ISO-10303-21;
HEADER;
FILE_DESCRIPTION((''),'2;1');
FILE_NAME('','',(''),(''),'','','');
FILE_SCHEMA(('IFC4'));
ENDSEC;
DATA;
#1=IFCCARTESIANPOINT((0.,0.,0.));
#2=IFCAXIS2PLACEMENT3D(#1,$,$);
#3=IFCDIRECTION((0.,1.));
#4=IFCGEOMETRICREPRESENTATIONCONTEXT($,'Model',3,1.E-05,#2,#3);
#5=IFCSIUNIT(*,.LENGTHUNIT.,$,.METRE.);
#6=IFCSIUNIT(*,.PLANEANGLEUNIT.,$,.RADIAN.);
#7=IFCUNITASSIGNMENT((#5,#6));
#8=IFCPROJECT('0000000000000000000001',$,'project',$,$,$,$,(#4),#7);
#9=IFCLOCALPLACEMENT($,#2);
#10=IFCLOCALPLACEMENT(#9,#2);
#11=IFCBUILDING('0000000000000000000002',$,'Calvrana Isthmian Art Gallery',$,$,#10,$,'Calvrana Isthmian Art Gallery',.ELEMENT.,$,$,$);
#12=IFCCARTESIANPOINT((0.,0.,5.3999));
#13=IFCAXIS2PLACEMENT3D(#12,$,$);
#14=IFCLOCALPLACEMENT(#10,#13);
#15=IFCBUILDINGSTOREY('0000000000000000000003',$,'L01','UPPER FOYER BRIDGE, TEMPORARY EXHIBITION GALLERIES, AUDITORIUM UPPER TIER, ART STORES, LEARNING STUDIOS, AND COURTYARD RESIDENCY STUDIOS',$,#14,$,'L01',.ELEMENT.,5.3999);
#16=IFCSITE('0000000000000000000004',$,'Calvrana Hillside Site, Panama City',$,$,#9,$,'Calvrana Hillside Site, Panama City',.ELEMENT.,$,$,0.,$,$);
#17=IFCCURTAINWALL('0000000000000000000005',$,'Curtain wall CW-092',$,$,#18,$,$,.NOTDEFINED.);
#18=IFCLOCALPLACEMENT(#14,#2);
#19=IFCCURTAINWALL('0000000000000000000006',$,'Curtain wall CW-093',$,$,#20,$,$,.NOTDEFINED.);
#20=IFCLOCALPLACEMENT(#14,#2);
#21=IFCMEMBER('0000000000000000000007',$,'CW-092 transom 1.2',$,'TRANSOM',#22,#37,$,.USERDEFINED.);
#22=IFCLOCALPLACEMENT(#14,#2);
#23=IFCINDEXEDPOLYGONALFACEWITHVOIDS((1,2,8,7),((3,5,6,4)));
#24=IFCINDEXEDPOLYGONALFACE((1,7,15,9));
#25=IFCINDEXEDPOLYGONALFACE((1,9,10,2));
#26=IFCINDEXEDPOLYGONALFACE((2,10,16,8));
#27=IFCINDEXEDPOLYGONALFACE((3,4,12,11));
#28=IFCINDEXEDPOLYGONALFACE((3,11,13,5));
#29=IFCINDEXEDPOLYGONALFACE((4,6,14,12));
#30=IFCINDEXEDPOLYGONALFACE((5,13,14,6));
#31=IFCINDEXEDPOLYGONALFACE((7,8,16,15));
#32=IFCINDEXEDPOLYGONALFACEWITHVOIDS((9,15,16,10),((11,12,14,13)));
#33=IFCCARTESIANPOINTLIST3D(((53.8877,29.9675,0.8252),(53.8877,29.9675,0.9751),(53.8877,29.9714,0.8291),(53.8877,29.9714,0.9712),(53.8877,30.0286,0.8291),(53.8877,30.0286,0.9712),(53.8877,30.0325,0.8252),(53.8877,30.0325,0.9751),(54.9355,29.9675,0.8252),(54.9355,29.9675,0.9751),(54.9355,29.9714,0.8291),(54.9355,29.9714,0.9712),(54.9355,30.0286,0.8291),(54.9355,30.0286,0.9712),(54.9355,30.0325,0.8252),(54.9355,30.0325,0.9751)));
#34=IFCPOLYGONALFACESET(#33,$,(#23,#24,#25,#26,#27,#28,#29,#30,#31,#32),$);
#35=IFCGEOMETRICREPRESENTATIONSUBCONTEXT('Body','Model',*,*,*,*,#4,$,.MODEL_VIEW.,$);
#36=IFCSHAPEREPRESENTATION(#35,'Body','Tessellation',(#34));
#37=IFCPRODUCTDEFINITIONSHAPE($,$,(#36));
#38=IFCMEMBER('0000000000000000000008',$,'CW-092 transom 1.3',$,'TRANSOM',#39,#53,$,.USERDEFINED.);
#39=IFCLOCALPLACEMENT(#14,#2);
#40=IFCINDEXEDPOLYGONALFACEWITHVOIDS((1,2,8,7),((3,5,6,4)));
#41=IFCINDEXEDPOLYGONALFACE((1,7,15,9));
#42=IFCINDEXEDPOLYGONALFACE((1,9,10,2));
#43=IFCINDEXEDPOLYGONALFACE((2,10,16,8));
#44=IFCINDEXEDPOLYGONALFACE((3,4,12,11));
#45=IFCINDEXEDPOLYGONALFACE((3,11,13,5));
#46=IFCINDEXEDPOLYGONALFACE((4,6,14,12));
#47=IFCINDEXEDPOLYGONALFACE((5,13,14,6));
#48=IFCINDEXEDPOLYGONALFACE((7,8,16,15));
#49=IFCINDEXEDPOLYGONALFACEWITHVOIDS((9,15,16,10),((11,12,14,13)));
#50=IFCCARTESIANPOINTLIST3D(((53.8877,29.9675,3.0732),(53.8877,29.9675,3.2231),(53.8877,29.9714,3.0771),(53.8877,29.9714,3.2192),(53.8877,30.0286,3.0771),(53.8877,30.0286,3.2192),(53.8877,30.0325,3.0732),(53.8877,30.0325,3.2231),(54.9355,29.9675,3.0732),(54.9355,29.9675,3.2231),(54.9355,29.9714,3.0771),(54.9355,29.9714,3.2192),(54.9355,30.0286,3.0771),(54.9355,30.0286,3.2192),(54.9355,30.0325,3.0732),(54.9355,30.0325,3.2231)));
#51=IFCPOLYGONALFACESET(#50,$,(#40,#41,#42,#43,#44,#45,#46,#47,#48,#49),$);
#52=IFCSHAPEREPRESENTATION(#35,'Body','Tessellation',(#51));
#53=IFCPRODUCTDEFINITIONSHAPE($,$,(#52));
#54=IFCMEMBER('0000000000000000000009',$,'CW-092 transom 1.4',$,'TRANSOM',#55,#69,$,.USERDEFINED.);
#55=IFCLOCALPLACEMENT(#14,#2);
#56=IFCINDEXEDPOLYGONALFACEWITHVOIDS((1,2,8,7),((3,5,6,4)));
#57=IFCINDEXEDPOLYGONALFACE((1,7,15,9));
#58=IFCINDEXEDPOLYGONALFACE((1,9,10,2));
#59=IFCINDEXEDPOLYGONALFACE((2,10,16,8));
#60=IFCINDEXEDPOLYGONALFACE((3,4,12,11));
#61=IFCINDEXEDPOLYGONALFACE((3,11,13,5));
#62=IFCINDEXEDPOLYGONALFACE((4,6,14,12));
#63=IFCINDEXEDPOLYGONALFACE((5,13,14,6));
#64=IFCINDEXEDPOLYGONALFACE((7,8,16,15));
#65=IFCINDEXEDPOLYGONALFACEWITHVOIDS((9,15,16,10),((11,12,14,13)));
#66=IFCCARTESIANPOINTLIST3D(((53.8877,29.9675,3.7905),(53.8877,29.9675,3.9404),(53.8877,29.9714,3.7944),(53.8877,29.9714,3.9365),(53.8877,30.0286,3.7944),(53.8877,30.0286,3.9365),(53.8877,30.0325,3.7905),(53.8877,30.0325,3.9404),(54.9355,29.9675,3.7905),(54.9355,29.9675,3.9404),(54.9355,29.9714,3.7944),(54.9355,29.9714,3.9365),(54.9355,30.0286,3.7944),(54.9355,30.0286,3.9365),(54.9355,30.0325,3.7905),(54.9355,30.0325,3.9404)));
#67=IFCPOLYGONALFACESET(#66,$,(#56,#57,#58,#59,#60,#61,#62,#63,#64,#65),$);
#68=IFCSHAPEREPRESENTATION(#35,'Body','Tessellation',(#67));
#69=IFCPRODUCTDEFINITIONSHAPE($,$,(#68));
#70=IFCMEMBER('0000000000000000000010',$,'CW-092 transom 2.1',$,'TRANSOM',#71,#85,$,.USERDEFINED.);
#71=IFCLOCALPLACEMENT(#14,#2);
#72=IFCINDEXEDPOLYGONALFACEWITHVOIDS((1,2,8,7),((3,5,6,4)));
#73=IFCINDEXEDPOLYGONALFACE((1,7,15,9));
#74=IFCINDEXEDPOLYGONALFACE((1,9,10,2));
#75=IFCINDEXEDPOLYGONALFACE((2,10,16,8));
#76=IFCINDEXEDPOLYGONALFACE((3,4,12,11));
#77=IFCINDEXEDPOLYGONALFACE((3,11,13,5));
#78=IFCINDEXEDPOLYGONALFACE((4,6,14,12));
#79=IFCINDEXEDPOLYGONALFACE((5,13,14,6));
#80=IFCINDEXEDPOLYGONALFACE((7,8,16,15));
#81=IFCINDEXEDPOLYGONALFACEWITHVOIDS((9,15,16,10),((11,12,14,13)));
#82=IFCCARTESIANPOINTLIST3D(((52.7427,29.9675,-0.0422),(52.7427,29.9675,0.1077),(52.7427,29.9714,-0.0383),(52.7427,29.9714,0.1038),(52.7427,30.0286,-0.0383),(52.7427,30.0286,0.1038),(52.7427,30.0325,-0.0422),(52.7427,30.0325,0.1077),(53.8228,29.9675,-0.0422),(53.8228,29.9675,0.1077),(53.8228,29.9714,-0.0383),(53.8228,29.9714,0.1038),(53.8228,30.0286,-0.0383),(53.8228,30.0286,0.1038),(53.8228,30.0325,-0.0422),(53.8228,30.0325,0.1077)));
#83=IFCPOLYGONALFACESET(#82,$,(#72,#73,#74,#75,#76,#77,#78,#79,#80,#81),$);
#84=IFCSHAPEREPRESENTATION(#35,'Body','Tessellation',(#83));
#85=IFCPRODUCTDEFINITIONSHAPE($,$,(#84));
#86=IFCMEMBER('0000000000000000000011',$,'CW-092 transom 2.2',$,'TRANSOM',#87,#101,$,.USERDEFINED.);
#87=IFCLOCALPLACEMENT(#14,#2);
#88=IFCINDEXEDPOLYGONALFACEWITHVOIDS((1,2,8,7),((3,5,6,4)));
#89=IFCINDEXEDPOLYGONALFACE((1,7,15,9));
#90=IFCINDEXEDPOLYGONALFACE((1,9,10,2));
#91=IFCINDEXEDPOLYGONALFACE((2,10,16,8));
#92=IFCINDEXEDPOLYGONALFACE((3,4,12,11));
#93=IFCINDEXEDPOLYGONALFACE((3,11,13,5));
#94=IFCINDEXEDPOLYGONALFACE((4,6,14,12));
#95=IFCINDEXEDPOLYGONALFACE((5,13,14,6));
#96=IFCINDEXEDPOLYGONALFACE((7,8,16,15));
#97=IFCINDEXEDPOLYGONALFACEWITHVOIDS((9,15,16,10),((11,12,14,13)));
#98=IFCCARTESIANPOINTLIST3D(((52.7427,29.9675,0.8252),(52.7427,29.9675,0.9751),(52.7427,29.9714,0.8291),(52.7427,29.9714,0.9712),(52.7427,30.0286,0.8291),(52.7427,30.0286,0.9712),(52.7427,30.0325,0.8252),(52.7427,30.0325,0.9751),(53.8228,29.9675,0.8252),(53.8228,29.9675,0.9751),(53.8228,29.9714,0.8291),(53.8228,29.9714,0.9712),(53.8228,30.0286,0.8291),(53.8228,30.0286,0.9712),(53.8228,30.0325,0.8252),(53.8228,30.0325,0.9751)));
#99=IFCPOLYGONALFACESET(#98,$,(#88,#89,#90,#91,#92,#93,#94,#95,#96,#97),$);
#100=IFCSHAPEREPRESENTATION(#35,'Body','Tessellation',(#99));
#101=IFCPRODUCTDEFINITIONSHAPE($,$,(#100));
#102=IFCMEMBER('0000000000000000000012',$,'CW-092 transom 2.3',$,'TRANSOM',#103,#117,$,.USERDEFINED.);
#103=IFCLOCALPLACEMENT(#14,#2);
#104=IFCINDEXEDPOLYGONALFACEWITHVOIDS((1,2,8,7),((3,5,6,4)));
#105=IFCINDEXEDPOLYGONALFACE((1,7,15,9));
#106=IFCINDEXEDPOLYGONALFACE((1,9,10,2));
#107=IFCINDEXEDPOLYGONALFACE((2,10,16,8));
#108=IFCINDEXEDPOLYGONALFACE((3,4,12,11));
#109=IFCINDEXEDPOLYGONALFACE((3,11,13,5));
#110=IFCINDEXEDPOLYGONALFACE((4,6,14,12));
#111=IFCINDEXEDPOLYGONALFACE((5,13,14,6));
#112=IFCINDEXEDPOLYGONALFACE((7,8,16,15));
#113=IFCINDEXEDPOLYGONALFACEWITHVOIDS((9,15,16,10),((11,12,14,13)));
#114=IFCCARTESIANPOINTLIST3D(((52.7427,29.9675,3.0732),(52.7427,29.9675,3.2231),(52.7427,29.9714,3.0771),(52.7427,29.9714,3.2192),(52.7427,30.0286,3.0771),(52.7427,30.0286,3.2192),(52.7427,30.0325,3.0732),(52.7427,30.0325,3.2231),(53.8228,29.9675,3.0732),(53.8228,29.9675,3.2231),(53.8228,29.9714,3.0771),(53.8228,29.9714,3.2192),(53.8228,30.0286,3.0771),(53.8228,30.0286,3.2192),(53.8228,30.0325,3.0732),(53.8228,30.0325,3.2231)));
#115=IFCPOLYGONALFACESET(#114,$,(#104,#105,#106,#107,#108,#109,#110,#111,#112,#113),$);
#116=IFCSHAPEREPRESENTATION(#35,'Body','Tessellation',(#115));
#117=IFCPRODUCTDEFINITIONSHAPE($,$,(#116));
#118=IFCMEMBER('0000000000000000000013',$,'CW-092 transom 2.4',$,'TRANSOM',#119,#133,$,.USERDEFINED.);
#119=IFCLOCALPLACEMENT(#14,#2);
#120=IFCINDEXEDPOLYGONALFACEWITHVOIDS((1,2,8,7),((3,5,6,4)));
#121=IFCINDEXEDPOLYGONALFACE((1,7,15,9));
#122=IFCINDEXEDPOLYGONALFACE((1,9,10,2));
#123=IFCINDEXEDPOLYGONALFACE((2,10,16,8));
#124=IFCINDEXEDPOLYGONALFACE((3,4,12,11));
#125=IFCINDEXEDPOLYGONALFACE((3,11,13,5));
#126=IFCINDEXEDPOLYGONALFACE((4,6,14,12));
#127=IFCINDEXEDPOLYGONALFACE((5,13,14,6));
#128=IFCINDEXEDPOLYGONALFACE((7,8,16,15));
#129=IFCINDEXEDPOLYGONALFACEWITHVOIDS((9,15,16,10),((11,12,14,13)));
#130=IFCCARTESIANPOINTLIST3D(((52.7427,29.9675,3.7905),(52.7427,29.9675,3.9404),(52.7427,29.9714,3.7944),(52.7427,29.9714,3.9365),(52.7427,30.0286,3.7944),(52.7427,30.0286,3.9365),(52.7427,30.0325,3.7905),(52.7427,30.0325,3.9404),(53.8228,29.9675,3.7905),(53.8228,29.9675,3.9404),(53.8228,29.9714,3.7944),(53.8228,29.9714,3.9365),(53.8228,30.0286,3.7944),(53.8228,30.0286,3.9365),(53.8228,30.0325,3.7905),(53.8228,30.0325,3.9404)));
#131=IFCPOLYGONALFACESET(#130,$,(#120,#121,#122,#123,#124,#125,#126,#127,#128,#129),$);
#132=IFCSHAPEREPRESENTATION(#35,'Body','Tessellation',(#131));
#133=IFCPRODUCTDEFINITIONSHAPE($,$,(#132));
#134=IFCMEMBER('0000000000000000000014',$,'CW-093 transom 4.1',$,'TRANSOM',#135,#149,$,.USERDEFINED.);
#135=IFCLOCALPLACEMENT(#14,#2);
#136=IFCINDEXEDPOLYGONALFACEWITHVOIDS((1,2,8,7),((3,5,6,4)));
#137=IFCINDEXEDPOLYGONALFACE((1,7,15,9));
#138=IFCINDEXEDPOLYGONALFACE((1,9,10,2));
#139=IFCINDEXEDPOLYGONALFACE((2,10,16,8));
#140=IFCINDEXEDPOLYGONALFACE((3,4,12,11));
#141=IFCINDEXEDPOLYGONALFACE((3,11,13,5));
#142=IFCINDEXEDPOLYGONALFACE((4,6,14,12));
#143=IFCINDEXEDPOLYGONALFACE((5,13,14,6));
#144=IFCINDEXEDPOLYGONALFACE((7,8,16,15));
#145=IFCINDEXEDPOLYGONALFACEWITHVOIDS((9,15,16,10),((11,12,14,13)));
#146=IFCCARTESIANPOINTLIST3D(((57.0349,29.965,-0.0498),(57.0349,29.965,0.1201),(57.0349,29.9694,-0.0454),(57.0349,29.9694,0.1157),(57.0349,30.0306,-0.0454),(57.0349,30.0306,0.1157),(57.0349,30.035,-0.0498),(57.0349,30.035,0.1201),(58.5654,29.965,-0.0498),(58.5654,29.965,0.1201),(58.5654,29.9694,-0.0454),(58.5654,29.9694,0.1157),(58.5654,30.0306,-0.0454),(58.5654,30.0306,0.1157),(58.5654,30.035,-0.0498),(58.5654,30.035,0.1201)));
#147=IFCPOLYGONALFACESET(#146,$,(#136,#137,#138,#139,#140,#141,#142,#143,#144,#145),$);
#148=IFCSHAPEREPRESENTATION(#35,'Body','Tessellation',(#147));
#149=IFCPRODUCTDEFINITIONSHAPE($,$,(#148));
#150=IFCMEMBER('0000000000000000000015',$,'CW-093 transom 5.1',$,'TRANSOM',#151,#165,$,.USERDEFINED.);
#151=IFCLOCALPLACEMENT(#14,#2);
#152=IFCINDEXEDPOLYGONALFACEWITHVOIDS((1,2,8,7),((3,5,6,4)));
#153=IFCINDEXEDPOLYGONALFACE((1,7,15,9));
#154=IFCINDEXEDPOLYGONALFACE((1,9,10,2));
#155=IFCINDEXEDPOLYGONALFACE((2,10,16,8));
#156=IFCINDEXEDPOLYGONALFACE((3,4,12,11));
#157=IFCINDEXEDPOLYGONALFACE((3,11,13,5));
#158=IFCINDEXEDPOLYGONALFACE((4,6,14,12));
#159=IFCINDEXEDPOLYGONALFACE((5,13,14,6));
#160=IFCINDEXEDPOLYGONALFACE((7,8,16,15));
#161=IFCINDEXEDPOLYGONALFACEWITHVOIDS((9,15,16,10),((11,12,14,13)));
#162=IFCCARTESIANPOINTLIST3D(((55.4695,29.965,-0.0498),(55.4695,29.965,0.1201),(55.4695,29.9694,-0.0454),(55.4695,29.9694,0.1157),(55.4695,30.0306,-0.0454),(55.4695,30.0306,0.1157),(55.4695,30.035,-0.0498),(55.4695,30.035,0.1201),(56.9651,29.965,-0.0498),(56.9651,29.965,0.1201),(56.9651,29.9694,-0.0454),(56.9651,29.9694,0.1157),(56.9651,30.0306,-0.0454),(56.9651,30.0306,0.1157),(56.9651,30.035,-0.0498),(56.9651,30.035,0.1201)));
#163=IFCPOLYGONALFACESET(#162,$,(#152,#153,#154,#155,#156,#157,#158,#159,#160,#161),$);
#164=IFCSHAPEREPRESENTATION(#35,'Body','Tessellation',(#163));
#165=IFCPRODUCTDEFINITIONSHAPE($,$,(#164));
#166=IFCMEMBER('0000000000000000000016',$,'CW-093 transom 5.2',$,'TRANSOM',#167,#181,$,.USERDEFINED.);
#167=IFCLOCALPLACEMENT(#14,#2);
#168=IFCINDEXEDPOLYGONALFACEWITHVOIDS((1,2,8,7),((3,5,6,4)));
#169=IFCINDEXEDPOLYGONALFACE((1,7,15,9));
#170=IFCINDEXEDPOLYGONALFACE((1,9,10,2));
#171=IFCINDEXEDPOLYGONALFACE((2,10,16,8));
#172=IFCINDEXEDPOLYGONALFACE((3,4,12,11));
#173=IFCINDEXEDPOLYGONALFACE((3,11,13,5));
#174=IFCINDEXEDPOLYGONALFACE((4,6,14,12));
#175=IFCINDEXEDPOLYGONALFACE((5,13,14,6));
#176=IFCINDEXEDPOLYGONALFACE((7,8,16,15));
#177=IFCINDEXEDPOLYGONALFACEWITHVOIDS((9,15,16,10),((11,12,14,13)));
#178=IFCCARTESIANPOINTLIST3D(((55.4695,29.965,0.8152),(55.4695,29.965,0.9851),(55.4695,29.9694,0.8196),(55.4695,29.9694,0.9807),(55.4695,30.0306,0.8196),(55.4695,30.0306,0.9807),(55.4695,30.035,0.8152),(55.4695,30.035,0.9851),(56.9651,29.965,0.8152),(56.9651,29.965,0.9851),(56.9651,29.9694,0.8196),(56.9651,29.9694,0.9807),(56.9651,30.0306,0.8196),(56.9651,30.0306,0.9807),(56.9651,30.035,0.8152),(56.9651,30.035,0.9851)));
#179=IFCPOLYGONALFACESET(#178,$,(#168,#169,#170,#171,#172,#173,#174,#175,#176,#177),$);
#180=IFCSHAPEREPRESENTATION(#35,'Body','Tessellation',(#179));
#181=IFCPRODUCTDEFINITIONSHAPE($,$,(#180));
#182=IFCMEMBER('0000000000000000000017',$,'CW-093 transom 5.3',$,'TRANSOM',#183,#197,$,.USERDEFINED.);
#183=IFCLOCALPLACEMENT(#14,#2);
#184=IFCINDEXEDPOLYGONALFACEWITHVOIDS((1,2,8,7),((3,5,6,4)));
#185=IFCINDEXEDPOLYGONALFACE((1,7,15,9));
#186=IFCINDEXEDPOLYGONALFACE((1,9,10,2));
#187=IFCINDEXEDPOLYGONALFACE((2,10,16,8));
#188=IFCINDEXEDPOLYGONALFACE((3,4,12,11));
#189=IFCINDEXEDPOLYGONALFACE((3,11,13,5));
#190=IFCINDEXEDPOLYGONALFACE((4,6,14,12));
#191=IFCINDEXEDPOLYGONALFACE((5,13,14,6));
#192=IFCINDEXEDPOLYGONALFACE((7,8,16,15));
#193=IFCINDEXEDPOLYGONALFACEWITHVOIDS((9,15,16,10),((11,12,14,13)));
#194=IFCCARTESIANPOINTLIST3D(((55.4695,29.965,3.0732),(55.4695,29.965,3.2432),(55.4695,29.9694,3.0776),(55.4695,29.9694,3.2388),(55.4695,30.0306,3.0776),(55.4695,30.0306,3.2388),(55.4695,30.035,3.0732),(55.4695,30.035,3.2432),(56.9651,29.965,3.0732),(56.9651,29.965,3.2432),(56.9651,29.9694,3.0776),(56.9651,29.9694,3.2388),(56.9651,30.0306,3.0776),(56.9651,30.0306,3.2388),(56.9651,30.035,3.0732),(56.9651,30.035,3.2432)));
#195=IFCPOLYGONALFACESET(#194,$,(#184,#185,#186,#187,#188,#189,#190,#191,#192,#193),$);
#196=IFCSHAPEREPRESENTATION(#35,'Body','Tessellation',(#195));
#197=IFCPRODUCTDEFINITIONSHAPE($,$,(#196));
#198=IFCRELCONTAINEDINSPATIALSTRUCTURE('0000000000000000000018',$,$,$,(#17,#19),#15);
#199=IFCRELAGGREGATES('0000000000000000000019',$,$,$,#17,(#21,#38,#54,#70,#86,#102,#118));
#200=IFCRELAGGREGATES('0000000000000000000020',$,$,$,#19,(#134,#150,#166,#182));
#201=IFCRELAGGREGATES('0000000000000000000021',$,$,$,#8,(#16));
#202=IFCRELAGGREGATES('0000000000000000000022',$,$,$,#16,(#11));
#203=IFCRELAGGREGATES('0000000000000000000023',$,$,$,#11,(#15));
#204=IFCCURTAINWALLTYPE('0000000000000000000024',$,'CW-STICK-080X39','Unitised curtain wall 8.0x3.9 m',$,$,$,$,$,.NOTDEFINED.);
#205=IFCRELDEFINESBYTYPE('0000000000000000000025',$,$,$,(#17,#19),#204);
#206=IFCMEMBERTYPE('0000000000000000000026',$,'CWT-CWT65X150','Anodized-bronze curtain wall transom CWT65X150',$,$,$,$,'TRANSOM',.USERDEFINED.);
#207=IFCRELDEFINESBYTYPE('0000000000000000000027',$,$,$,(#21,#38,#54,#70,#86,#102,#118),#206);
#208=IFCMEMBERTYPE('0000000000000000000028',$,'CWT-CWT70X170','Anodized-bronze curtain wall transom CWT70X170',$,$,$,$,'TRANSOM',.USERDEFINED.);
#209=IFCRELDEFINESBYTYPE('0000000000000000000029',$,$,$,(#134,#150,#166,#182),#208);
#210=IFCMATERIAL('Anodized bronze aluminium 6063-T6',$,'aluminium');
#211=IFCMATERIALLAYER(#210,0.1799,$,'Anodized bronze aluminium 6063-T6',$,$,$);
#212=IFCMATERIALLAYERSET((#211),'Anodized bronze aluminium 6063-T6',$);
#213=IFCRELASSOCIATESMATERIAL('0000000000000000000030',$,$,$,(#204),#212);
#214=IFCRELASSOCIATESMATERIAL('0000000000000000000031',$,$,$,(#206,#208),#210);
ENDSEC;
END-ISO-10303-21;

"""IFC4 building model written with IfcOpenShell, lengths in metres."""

from ifc_helpers import new_model, si_unit, direction, frame, origin, origin_2d, place, context, subcontext, project, spatial, hollow_rectangle, extrude, material, layer, layer_set, material_profile, profile_set, type_object, element, aggregate, save


model = new_model("IFC4")

# Units and contexts
model_context = context("Model", 3, precision=1e-05, world=origin(), true_north=direction((0.0, 1.0)))
body_context = subcontext(model_context, "Body", "Model", "MODEL_VIEW")
ifc_project = project(units=[si_unit("LENGTHUNIT", "METRE"), si_unit("PLANEANGLEUNIT", "RADIAN")], contexts=[model_context])

# Site, building, storey
site_placement = place(None, origin())
site = spatial("IfcSite", under=ifc_project, at=site_placement, Name="Calvrana Hillside Site, Panama City", LongName="Calvrana Hillside Site, Panama City", CompositionType="ELEMENT", RefElevation=0.0)
building_placement = place(site_placement, origin())
building = spatial("IfcBuilding", under=site, at=building_placement, Name="Calvrana Isthmian Art Gallery", LongName="Calvrana Isthmian Art Gallery", CompositionType="ELEMENT")
storey_placement = place(building_placement, frame((0.0, 0.0, 5.3999)))
storey = spatial("IfcBuildingStorey", under=building, at=storey_placement, Name="L01", Description="UPPER FOYER BRIDGE, TEMPORARY EXHIBITION GALLERIES, AUDITORIUM UPPER TIER, ART STORES, LEARNING STUDIOS, AND COURTYARD RESIDENCY STUDIOS", LongName="L01", CompositionType="ELEMENT", Elevation=5.3999)

# Curtain walls
ifc_material_1 = material(Name="Anodized bronze aluminium 6063-T6", Category="aluminium")
ifc_layer_1 = layer(ifc_material_1, 0.1799, Name="Anodized bronze aluminium 6063-T6")
ifc_layer_set_1 = layer_set([ifc_layer_1], Name="Anodized bronze aluminium 6063-T6")
curtain_wall_type = type_object("IfcCurtainWallType", Name="CW-STICK-080X39", Description="Unitised curtain wall 8.0x3.9 m", PredefinedType="NOTDEFINED", material=ifc_layer_set_1)
curtain_wall_1_placement = place(storey_placement, origin())
curtain_wall_1 = element("IfcCurtainWall", 1, at=curtain_wall_1_placement, inside=storey, type_object=curtain_wall_type, Name="Curtain wall CW-092", PredefinedType="NOTDEFINED")
curtain_wall_2_placement = place(storey_placement, origin())
curtain_wall_2 = element("IfcCurtainWall", 2, at=curtain_wall_2_placement, inside=storey, type_object=curtain_wall_type, Name="Curtain wall CW-093", PredefinedType="NOTDEFINED")

# Members
ifc_material_profile_1 = material_profile(ifc_material_1, hollow_rectangle(XDim=0.0649, YDim=0.1499, WallThickness=0.0039, at=origin_2d()), Name="CWT65X150")
ifc_profile_set_1 = profile_set([ifc_material_profile_1], Name="Anodized bronze aluminium 6063-T6")
member_type_1 = type_object("IfcMemberType", Name="CWT-CWT65X150", Description="Anodized-bronze curtain wall transom CWT65X150", ElementType="TRANSOM", PredefinedType="USERDEFINED", material=ifc_profile_set_1)
member_1_placement = place(storey_placement, frame((54.9355, 30.0, 0.9001), z_axis=(-1.0, 0.0, 0.0), x_axis=(0.0, -1.0, 0.0)))
member_1 = element("IfcMember", 3, at=member_1_placement, type_object=member_type_1, Name="CW-092 transom 1.2", ObjectType="TRANSOM", PredefinedType="USERDEFINED", context=body_context, shape_type="SweptSolid", body=[
    extrude(hollow_rectangle(XDim=0.0649, YDim=0.1499, WallThickness=0.0039, at=origin_2d()), origin(), (0.0, 0.0, 1.0), 1.0479),
])
member_2_placement = place(storey_placement, frame((54.9355, 30.0, 3.1482), z_axis=(-1.0, 0.0, 0.0), x_axis=(0.0, -1.0, 0.0)))
member_2 = element("IfcMember", 4, at=member_2_placement, type_object=member_type_1, Name="CW-092 transom 1.3", ObjectType="TRANSOM", PredefinedType="USERDEFINED", context=body_context, shape_type="SweptSolid", body=[
    extrude(hollow_rectangle(XDim=0.0649, YDim=0.1499, WallThickness=0.0039, at=origin_2d()), origin(), (0.0, 0.0, 1.0), 1.0479),
])
member_3_placement = place(storey_placement, frame((54.9355, 30.0, 3.8655), z_axis=(-1.0, 0.0, 0.0), x_axis=(0.0, -1.0, 0.0)))
member_3 = element("IfcMember", 5, at=member_3_placement, type_object=member_type_1, Name="CW-092 transom 1.4", ObjectType="TRANSOM", PredefinedType="USERDEFINED", context=body_context, shape_type="SweptSolid", body=[
    extrude(hollow_rectangle(XDim=0.0649, YDim=0.1499, WallThickness=0.0039, at=origin_2d()), origin(), (0.0, 0.0, 1.0), 1.0479),
])
member_4_placement = place(storey_placement, frame((53.8228, 30.0, 0.0327), z_axis=(-1.0, 0.0, 0.0), x_axis=(0.0, -1.0, 0.0)))
member_4 = element("IfcMember", 6, at=member_4_placement, type_object=member_type_1, Name="CW-092 transom 2.1", ObjectType="TRANSOM", PredefinedType="USERDEFINED", context=body_context, shape_type="SweptSolid", body=[
    extrude(hollow_rectangle(XDim=0.0649, YDim=0.1499, WallThickness=0.0039, at=origin_2d()), origin(), (0.0, 0.0, 1.0), 1.0801),
])
member_5_placement = place(storey_placement, frame((53.8228, 30.0, 0.9001), z_axis=(-1.0, 0.0, 0.0), x_axis=(0.0, -1.0, 0.0)))
member_5 = element("IfcMember", 7, at=member_5_placement, type_object=member_type_1, Name="CW-092 transom 2.2", ObjectType="TRANSOM", PredefinedType="USERDEFINED", context=body_context, shape_type="SweptSolid", body=[
    extrude(hollow_rectangle(XDim=0.0649, YDim=0.1499, WallThickness=0.0039, at=origin_2d()), origin(), (0.0, 0.0, 1.0), 1.0801),
])
member_6_placement = place(storey_placement, frame((53.8228, 30.0, 3.1482), z_axis=(-1.0, 0.0, 0.0), x_axis=(0.0, -1.0, 0.0)))
member_6 = element("IfcMember", 8, at=member_6_placement, type_object=member_type_1, Name="CW-092 transom 2.3", ObjectType="TRANSOM", PredefinedType="USERDEFINED", context=body_context, shape_type="SweptSolid", body=[
    extrude(hollow_rectangle(XDim=0.0649, YDim=0.1499, WallThickness=0.0039, at=origin_2d()), origin(), (0.0, 0.0, 1.0), 1.0801),
])
member_7_placement = place(storey_placement, frame((53.8228, 30.0, 3.8655), z_axis=(-1.0, 0.0, 0.0), x_axis=(0.0, -1.0, 0.0)))
member_7 = element("IfcMember", 9, at=member_7_placement, type_object=member_type_1, Name="CW-092 transom 2.4", ObjectType="TRANSOM", PredefinedType="USERDEFINED", context=body_context, shape_type="SweptSolid", body=[
    extrude(hollow_rectangle(XDim=0.0649, YDim=0.1499, WallThickness=0.0039, at=origin_2d()), origin(), (0.0, 0.0, 1.0), 1.0801),
])
ifc_material_profile_2 = material_profile(ifc_material_1, hollow_rectangle(XDim=0.0701, YDim=0.1699, WallThickness=0.0044, at=origin_2d()), Name="CWT70X170")
ifc_profile_set_2 = profile_set([ifc_material_profile_2], Name="Anodized bronze aluminium 6063-T6")
member_type_2 = type_object("IfcMemberType", Name="CWT-CWT70X170", Description="Anodized-bronze curtain wall transom CWT70X170", ElementType="TRANSOM", PredefinedType="USERDEFINED", material=ifc_profile_set_2)
member_8_placement = place(storey_placement, frame((58.5654, 30.0, 0.0352), z_axis=(-1.0, 0.0, 0.0), x_axis=(0.0, -1.0, 0.0)))
member_8 = element("IfcMember", 10, at=member_8_placement, type_object=member_type_2, Name="CW-093 transom 4.1", ObjectType="TRANSOM", PredefinedType="USERDEFINED", context=body_context, shape_type="SweptSolid", body=[
    extrude(hollow_rectangle(XDim=0.0701, YDim=0.1699, WallThickness=0.0044, at=origin_2d()), origin(), (0.0, 0.0, 1.0), 1.5305),
])
member_9_placement = place(storey_placement, frame((56.9651, 30.0, 0.0352), z_axis=(-1.0, 0.0, 0.0), x_axis=(0.0, -1.0, 0.0)))
member_9 = element("IfcMember", 11, at=member_9_placement, type_object=member_type_2, Name="CW-093 transom 5.1", ObjectType="TRANSOM", PredefinedType="USERDEFINED", context=body_context, shape_type="SweptSolid", body=[
    extrude(hollow_rectangle(XDim=0.0701, YDim=0.1699, WallThickness=0.0044, at=origin_2d()), origin(), (0.0, 0.0, 1.0), 1.4956),
])
member_10_placement = place(storey_placement, frame((56.9651, 30.0, 0.9001), z_axis=(-1.0, 0.0, 0.0), x_axis=(0.0, -1.0, 0.0)))
member_10 = element("IfcMember", 12, at=member_10_placement, type_object=member_type_2, Name="CW-093 transom 5.2", ObjectType="TRANSOM", PredefinedType="USERDEFINED", context=body_context, shape_type="SweptSolid", body=[
    extrude(hollow_rectangle(XDim=0.0701, YDim=0.1699, WallThickness=0.0044, at=origin_2d()), origin(), (0.0, 0.0, 1.0), 1.4956),
])
member_11_placement = place(storey_placement, frame((56.9651, 30.0, 3.1582), z_axis=(-1.0, 0.0, 0.0), x_axis=(0.0, -1.0, 0.0)))
member_11 = element("IfcMember", 13, at=member_11_placement, type_object=member_type_2, Name="CW-093 transom 5.3", ObjectType="TRANSOM", PredefinedType="USERDEFINED", context=body_context, shape_type="SweptSolid", body=[
    extrude(hollow_rectangle(XDim=0.0701, YDim=0.1699, WallThickness=0.0044, at=origin_2d()), origin(), (0.0, 0.0, 1.0), 1.4956),
])

aggregate(curtain_wall_1, [member_1, member_2, member_3, member_4, member_5, member_6, member_7])
aggregate(curtain_wall_2, [member_8, member_9, member_10, member_11])

save(model, "model.ifc")
